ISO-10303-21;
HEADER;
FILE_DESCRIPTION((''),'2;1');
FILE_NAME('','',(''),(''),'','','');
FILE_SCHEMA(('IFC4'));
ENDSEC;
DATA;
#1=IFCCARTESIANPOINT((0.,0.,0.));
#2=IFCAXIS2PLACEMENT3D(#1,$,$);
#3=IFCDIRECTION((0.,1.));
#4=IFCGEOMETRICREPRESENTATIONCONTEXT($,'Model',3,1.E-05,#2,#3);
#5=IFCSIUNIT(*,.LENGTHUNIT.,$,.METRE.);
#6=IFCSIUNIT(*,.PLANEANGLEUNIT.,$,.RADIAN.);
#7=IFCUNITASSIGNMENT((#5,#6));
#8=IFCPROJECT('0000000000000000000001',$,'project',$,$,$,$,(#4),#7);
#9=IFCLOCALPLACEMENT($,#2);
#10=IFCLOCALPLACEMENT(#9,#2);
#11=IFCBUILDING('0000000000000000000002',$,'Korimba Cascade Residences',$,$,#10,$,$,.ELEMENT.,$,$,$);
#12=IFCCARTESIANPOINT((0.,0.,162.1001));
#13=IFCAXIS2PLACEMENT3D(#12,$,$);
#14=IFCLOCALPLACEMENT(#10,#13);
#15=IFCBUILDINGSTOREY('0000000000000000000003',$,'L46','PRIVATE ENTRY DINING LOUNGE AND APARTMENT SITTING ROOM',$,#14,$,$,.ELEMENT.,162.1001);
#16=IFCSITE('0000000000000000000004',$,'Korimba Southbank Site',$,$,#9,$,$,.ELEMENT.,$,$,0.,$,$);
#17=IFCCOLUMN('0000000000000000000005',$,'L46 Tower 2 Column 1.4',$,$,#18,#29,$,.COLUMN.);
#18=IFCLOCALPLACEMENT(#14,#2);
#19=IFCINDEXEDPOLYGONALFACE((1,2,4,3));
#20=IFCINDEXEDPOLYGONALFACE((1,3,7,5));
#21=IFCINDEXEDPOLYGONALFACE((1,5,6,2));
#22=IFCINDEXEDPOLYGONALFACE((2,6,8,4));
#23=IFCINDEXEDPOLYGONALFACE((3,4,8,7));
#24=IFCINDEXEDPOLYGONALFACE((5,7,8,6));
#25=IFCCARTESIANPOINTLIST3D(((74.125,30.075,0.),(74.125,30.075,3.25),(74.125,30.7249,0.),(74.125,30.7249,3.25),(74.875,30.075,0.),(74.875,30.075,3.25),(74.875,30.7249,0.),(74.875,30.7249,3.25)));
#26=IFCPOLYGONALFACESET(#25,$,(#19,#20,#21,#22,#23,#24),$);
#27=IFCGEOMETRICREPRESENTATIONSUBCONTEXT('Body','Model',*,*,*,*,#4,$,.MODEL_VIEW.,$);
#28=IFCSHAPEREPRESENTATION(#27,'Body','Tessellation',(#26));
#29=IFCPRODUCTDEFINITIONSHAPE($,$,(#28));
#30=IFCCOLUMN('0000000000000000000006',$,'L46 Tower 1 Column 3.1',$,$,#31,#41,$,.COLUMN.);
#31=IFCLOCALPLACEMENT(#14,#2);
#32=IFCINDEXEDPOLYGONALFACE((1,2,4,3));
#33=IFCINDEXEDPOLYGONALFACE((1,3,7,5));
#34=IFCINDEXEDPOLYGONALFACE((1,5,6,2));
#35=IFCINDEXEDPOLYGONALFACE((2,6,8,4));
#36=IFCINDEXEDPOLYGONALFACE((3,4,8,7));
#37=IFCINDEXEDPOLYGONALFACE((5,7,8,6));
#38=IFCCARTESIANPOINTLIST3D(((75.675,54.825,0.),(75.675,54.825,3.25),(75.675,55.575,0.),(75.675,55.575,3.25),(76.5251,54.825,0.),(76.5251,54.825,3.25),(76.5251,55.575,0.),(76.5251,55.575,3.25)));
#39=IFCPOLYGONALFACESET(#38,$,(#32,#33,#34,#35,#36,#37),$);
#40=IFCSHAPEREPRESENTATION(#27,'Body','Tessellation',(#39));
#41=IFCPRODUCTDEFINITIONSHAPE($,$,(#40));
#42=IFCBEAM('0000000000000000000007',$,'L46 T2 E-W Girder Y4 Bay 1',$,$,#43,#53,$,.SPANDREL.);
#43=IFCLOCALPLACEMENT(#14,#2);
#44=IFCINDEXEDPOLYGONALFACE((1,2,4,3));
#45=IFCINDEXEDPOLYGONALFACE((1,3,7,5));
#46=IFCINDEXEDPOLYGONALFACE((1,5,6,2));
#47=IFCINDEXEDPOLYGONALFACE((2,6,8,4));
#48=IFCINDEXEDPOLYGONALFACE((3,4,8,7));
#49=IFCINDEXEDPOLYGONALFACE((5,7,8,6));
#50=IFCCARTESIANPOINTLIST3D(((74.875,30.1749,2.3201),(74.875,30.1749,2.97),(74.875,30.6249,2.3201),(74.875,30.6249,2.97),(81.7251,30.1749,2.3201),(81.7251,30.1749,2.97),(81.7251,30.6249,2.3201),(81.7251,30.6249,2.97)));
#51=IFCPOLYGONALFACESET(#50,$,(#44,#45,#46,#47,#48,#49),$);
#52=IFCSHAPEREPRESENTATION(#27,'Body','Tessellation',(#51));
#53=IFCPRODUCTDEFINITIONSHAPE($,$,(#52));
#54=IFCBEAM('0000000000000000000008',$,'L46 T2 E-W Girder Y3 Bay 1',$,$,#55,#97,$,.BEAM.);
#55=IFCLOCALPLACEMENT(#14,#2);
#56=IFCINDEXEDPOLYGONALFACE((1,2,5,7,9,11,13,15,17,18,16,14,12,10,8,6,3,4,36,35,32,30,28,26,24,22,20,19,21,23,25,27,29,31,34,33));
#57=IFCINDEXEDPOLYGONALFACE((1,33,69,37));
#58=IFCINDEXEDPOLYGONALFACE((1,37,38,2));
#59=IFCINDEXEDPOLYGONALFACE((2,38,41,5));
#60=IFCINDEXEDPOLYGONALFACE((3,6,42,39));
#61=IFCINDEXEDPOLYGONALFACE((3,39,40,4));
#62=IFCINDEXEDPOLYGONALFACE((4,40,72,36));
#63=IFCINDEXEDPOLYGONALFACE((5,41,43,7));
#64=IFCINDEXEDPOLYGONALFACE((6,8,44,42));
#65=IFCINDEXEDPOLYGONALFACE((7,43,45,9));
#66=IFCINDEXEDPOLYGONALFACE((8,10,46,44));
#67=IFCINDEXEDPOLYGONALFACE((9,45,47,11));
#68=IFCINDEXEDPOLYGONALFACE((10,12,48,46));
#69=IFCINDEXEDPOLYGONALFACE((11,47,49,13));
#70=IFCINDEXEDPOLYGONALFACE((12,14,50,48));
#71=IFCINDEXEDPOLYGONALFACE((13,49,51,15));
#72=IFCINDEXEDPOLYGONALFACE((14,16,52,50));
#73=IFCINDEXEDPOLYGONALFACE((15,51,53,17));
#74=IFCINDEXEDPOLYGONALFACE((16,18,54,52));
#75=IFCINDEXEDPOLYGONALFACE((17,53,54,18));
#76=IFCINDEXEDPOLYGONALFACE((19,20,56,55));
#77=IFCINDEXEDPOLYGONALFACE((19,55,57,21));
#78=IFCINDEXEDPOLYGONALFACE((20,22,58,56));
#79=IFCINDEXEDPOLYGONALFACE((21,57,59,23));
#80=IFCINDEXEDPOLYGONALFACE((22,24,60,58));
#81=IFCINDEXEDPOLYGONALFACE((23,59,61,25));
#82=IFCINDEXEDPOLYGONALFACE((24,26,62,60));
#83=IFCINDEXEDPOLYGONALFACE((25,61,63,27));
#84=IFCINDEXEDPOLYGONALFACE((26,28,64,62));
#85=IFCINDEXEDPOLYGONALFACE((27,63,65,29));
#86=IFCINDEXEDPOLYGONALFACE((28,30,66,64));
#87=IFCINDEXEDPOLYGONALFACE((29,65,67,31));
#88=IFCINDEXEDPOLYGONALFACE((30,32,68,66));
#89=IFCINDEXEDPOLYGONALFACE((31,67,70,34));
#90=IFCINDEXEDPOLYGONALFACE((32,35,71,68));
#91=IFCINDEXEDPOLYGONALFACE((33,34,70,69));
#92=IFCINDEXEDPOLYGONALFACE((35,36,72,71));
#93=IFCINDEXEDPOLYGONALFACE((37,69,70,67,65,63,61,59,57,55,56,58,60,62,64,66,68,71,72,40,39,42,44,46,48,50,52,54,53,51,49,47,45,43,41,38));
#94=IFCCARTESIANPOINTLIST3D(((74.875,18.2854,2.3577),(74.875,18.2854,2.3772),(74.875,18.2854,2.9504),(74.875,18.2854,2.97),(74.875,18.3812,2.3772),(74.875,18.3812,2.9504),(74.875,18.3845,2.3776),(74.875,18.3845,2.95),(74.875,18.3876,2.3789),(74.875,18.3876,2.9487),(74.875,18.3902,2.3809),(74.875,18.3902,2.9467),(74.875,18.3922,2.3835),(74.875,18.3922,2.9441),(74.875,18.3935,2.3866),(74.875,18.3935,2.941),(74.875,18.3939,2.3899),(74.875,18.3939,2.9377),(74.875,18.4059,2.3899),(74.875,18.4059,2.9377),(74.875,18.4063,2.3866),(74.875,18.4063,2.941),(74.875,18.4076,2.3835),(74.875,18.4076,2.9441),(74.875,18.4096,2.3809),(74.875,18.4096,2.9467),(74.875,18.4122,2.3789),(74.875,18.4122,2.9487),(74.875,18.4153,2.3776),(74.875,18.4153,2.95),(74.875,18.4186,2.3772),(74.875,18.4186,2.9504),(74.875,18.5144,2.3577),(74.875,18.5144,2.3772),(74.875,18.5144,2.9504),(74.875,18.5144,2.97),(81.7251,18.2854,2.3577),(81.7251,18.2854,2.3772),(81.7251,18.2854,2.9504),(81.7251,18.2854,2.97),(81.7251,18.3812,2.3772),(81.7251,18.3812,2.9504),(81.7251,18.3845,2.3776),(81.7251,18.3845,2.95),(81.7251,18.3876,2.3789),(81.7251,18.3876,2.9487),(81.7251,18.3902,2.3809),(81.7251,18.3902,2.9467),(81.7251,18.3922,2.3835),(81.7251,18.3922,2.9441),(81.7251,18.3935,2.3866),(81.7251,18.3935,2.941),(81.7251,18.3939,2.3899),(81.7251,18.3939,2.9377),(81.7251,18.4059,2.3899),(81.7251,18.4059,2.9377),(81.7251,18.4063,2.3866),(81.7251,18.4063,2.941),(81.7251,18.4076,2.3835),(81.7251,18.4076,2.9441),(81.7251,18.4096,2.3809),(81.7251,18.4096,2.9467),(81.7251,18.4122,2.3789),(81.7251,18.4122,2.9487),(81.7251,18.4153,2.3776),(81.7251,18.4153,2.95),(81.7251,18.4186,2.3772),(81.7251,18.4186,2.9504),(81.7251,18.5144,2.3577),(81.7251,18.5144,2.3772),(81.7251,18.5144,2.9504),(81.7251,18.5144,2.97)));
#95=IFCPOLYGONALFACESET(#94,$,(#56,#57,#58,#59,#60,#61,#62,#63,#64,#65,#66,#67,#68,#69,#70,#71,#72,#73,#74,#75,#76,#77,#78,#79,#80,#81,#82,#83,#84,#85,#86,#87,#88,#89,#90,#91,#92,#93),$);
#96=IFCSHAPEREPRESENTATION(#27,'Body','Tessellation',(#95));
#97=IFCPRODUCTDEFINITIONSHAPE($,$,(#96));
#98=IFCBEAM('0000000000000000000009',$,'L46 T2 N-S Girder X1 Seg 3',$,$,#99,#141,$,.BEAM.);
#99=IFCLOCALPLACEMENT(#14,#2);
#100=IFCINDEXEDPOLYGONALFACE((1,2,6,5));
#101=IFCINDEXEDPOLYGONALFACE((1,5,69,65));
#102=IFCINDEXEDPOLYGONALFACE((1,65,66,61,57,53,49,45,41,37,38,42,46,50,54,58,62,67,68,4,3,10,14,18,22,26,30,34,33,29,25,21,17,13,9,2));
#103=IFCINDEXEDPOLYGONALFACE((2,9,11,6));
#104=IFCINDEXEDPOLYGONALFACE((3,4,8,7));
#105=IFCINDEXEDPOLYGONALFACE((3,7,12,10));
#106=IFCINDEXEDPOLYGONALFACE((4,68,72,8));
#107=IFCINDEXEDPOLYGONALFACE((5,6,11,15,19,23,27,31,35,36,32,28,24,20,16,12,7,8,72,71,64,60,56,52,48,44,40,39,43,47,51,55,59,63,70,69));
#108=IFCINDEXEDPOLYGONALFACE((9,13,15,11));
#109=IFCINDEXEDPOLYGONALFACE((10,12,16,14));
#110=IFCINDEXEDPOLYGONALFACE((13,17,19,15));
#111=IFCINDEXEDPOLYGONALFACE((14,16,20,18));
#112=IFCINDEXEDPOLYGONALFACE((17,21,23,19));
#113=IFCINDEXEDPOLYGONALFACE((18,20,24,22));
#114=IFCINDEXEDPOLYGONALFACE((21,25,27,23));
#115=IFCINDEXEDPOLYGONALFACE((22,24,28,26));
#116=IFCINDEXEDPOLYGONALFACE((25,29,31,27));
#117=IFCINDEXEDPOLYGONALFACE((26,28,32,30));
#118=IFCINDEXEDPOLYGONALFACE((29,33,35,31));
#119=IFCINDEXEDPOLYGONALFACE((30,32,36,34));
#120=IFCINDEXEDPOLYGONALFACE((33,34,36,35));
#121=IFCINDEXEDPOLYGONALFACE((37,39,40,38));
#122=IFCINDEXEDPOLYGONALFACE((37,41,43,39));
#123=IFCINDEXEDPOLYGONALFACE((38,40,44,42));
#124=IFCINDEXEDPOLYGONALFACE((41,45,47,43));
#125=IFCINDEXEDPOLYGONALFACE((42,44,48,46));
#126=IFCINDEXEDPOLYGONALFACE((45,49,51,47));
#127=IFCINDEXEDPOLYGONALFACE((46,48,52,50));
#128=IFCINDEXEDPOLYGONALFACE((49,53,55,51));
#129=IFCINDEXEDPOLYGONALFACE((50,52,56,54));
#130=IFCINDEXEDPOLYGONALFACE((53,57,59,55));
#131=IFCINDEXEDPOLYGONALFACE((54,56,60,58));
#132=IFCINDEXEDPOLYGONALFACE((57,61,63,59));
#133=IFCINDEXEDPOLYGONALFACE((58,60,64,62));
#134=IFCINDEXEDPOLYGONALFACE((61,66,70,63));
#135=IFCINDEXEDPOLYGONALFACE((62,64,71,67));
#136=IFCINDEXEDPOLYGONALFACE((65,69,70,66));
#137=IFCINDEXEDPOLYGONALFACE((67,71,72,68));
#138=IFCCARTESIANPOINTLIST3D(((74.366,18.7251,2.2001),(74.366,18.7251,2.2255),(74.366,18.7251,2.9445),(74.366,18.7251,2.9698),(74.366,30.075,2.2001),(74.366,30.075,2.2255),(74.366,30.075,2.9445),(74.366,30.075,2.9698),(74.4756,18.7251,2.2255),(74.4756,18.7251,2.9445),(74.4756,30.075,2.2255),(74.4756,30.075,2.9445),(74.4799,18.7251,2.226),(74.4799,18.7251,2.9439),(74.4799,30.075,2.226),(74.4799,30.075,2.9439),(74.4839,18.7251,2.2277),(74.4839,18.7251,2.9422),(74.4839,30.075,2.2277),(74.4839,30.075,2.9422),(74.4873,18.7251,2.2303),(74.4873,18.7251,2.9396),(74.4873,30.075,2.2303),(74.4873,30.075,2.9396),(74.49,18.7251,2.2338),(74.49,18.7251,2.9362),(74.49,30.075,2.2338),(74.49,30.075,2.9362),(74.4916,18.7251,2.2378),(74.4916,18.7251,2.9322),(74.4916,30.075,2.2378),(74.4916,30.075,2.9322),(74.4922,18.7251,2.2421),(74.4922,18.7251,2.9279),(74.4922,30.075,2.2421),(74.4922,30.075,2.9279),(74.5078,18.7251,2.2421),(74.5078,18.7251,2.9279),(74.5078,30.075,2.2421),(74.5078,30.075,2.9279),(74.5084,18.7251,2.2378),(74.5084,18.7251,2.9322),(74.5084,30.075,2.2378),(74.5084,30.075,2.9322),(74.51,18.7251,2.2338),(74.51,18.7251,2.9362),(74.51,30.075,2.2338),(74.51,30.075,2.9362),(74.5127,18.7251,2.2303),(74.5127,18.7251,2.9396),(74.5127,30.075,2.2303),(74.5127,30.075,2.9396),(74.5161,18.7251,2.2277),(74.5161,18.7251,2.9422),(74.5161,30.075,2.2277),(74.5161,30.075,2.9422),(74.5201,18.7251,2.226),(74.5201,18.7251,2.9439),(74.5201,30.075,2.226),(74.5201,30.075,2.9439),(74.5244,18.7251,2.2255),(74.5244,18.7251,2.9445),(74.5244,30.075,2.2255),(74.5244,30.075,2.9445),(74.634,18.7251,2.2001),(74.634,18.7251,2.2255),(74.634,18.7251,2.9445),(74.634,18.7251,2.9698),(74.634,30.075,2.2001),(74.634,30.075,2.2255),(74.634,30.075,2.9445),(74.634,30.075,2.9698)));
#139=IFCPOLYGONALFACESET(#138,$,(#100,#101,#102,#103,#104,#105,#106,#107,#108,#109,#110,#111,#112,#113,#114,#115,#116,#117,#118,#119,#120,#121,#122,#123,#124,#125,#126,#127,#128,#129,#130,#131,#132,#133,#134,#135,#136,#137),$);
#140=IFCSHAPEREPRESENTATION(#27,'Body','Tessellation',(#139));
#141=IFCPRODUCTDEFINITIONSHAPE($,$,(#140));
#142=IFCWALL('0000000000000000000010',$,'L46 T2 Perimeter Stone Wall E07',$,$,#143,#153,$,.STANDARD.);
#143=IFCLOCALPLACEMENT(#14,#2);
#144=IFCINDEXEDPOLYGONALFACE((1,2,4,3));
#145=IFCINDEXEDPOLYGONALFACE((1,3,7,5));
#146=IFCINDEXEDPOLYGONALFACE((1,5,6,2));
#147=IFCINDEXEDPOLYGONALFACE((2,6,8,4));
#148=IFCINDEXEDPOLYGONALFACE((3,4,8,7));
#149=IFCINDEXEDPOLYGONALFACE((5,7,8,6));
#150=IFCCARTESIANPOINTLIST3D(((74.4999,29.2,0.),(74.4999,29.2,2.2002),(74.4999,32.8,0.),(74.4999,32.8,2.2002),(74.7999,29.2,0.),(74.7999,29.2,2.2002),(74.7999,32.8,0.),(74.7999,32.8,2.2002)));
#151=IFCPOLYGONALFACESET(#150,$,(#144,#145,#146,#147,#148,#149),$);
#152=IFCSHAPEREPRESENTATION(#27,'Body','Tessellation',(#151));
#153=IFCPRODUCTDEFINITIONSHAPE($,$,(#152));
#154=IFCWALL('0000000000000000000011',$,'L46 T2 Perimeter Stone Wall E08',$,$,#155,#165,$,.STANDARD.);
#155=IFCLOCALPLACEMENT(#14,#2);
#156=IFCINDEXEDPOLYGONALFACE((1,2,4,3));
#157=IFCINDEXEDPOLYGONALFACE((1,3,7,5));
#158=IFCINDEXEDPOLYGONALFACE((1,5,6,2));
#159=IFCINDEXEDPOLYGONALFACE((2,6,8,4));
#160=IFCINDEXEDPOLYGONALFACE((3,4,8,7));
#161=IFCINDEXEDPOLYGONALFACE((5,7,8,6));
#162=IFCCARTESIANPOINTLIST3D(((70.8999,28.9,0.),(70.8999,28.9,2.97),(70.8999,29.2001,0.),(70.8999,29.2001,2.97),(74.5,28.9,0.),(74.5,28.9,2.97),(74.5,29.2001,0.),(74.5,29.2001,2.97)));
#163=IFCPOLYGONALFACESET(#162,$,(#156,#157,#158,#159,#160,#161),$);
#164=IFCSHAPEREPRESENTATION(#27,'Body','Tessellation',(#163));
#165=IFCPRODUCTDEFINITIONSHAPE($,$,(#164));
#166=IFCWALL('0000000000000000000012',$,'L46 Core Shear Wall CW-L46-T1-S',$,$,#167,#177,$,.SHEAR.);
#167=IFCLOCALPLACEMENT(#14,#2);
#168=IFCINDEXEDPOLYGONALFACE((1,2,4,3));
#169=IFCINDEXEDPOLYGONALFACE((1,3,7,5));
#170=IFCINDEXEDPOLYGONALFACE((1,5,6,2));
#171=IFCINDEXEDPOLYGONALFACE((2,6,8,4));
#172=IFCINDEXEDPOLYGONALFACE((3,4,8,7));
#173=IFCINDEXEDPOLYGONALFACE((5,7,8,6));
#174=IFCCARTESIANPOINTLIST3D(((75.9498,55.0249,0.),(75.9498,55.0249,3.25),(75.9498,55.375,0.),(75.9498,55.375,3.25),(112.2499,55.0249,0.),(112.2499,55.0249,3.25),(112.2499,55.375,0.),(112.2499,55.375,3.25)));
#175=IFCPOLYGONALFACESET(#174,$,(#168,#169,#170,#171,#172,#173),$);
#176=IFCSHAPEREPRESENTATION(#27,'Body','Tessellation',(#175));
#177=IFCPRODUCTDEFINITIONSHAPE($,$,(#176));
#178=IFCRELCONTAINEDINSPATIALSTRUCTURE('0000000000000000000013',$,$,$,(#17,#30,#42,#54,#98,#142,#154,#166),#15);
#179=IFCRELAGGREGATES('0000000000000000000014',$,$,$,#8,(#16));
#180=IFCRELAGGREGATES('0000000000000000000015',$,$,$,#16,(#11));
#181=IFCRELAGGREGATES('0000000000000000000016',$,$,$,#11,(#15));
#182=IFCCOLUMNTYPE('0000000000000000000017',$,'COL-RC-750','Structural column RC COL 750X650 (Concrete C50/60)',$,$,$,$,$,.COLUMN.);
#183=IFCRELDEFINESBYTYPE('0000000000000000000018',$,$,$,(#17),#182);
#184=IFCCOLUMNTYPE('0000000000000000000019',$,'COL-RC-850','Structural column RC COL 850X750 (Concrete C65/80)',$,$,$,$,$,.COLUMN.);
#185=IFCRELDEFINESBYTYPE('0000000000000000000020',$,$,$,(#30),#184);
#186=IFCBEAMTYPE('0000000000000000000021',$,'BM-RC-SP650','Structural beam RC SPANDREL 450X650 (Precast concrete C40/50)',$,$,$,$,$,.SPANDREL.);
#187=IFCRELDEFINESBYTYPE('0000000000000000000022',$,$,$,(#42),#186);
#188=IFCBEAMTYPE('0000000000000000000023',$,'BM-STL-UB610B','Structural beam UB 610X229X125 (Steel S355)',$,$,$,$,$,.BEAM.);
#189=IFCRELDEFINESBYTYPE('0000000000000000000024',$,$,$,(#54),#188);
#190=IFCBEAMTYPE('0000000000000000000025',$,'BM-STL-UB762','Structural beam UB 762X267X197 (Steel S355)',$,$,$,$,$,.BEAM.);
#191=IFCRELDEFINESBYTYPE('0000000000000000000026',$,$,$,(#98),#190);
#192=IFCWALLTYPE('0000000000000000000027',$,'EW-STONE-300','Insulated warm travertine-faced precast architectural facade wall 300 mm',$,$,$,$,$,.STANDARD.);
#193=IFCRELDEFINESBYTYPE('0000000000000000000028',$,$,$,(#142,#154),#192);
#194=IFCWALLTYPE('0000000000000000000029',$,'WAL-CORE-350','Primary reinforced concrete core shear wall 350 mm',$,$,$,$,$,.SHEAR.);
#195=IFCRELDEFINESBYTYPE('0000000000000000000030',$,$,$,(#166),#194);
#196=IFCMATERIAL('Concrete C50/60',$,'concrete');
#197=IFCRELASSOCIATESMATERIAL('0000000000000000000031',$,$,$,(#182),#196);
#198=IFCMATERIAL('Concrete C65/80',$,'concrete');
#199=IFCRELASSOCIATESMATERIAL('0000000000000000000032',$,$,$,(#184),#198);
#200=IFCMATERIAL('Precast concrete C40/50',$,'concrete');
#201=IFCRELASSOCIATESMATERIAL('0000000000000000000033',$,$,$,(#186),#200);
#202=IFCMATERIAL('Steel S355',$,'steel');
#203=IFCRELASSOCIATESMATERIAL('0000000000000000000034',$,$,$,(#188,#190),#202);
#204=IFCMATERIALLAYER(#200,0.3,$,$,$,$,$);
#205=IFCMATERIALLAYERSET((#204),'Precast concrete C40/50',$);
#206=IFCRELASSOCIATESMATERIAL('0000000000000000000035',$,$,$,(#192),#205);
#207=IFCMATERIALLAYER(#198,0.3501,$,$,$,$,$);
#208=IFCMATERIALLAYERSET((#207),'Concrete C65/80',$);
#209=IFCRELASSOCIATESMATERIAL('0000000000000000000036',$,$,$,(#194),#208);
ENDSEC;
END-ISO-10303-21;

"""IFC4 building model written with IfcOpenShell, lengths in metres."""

from ifc_helpers import new_model, si_unit, direction, frame, frame_2d, origin, origin_2d, place, context, subcontext, project, spatial, rectangle, i_section, extrude, material, layer, layer_set, material_profile, profile_set, type_object, element, save


model = new_model("IFC4")

# Units and contexts
model_context = context("Model", 3, precision=1e-05, world=origin(), true_north=direction((0.0, 1.0)))
body_context = subcontext(model_context, "Body", "Model", "MODEL_VIEW")
ifc_project = project(units=[si_unit("LENGTHUNIT", "METRE"), si_unit("PLANEANGLEUNIT", "RADIAN")], contexts=[model_context])

# Site, building, storey
site_placement = place(None, origin())
site = spatial("IfcSite", under=ifc_project, at=site_placement, Name="Korimba Southbank Site", CompositionType="ELEMENT", RefElevation=0.0)
building_placement = place(site_placement, origin())
building = spatial("IfcBuilding", under=site, at=building_placement, Name="Korimba Cascade Residences", CompositionType="ELEMENT")
storey_placement = place(building_placement, frame((0.0, 0.0, 162.1001)))
storey = spatial("IfcBuildingStorey", under=building, at=storey_placement, Name="L46", Description="PRIVATE ENTRY DINING LOUNGE AND APARTMENT SITTING ROOM", CompositionType="ELEMENT", Elevation=162.1001)

# Columns
ifc_material_1 = material(Name="Concrete C50/60", Category="concrete")
ifc_material_profile_1 = material_profile(ifc_material_1, rectangle(XDim=0.75, YDim=0.6499, at=origin_2d()), Name="Concrete C50/60")
ifc_profile_set_1 = profile_set([ifc_material_profile_1], Name="Concrete C50/60")
column_type_1 = type_object("IfcColumnType", Name="COL-RC-750", Description="Structural column RC COL 750X650 (Concrete C50/60)", PredefinedType="COLUMN", material=ifc_profile_set_1)
column_1_placement = place(storey_placement, frame((74.5, 30.3999, 0.0), z_axis=(0.0, 0.0, 1.0), x_axis=(1.0, 0.0, 0.0)))
element("IfcColumn", 1, at=column_1_placement, inside=storey, type_object=column_type_1, Name="L46 Tower 2 Column 1.4", PredefinedType="COLUMN", context=body_context, shape_type="SweptSolid", body=[
    extrude(rectangle(XDim=0.75, YDim=0.6499, at=origin_2d()), origin(), (0.0, 0.0, 1.0), 3.25),
])
ifc_material_2 = material(Name="Concrete C65/80", Category="concrete")
ifc_material_profile_2 = material_profile(ifc_material_2, rectangle(XDim=0.8501, YDim=0.75, at=origin_2d()), Name="Concrete C65/80")
ifc_profile_set_2 = profile_set([ifc_material_profile_2], Name="Concrete C65/80")
column_type_2 = type_object("IfcColumnType", Name="COL-RC-850", Description="Structural column RC COL 850X750 (Concrete C65/80)", PredefinedType="COLUMN", material=ifc_profile_set_2)
column_2_placement = place(storey_placement, frame((76.1001, 55.2, 0.0), z_axis=(0.0, 0.0, 1.0), x_axis=(1.0, 0.0, 0.0)))
element("IfcColumn", 2, at=column_2_placement, inside=storey, type_object=column_type_2, Name="L46 Tower 1 Column 3.1", PredefinedType="COLUMN", context=body_context, shape_type="SweptSolid", body=[
    extrude(rectangle(XDim=0.8501, YDim=0.75, at=origin_2d()), origin(), (0.0, 0.0, 1.0), 3.25),
])

# Beams
ifc_material_3 = material(Name="Precast concrete C40/50", Category="concrete")
ifc_material_profile_3 = material_profile(ifc_material_3, rectangle(XDim=0.45, YDim=0.6499, at=origin_2d()), Name="Precast concrete C40/50")
ifc_profile_set_3 = profile_set([ifc_material_profile_3], Name="Precast concrete C40/50")
beam_type_1 = type_object("IfcBeamType", Name="BM-RC-SP650", Description="Structural beam RC SPANDREL 450X650 (Precast concrete C40/50)", PredefinedType="SPANDREL", material=ifc_profile_set_3)
beam_1_placement = place(storey_placement, frame((74.875, 30.3999, 2.645), z_axis=(1.0, 0.0, 0.0), x_axis=(0.0, 1.0, 0.0)))
element("IfcBeam", 3, at=beam_1_placement, inside=storey, type_object=beam_type_1, Name="L46 T2 E-W Girder Y4 Bay 1", PredefinedType="SPANDREL", context=body_context, shape_type="SweptSolid", body=[
    extrude(rectangle(XDim=0.45, YDim=0.6499, at=origin_2d()), origin(), (0.0, 0.0, 1.0), 6.8501),
])
ifc_material_4 = material(Name="Steel S355", Category="steel")
ifc_material_profile_4 = material_profile(ifc_material_4, i_section(OverallWidth=0.229, OverallDepth=0.6123, WebThickness=0.012, FlangeThickness=0.0195, FilletRadius=0.0127, at=origin_2d()), Name="Steel S355")
ifc_profile_set_4 = profile_set([ifc_material_profile_4], Name="Steel S355")
beam_type_2 = type_object("IfcBeamType", Name="BM-STL-UB610B", Description="Structural beam UB 610X229X125 (Steel S355)", PredefinedType="BEAM", material=ifc_profile_set_4)
beam_2_placement = place(storey_placement, frame((74.875, 18.3999, 2.6638), z_axis=(1.0, 0.0, 0.0), x_axis=(0.0, 1.0, 0.0)))
element("IfcBeam", 4, at=beam_2_placement, inside=storey, type_object=beam_type_2, Name="L46 T2 E-W Girder Y3 Bay 1", PredefinedType="BEAM", context=body_context, shape_type="SweptSolid", body=[
    extrude(i_section(OverallWidth=0.229, OverallDepth=0.6123, WebThickness=0.012, FlangeThickness=0.0195, FilletRadius=0.0127, at=origin_2d()), origin(), (0.0, 0.0, 1.0), 6.8501),
])
ifc_material_profile_5 = material_profile(ifc_material_4, i_section(OverallWidth=0.2681, OverallDepth=0.7698, WebThickness=0.0156, FlangeThickness=0.0254, FilletRadius=0.0166, at=origin_2d()), Name="Steel S355")
ifc_profile_set_5 = profile_set([ifc_material_profile_5], Name="Steel S355")
beam_type_3 = type_object("IfcBeamType", Name="BM-STL-UB762", Description="Structural beam UB 762X267X197 (Steel S355)", PredefinedType="BEAM", material=ifc_profile_set_5)
beam_3_placement = place(storey_placement, frame((74.5, 18.7251, 2.585), z_axis=(0.0, 1.0, 0.0), x_axis=(-1.0, 0.0, 0.0)))
element("IfcBeam", 5, at=beam_3_placement, inside=storey, type_object=beam_type_3, Name="L46 T2 N-S Girder X1 Seg 3", PredefinedType="BEAM", context=body_context, shape_type="SweptSolid", body=[
    extrude(i_section(OverallWidth=0.2681, OverallDepth=0.7698, WebThickness=0.0156, FlangeThickness=0.0254, FilletRadius=0.0166, at=origin_2d()), origin(), (0.0, 0.0, 1.0), 11.3499),
])

# Walls
ifc_layer_1 = layer(ifc_material_3, 0.3)
ifc_layer_set_1 = layer_set([ifc_layer_1], Name="Precast concrete C40/50")
wall_type_1 = type_object("IfcWallType", Name="EW-STONE-300", Description="Insulated warm travertine-faced precast architectural facade wall 300 mm", PredefinedType="STANDARD", material=ifc_layer_set_1)
wall_1_placement = place(storey_placement, frame((74.6499, 32.8, 0.0), z_axis=(0.0, 0.0, 1.0), x_axis=(0.0, -1.0, 0.0)))
element("IfcWall", 6, at=wall_1_placement, inside=storey, type_object=wall_type_1, Name="L46 T2 Perimeter Stone Wall E07", PredefinedType="STANDARD", context=body_context, shape_type="SweptSolid", body=[
    extrude(rectangle(XDim=3.6001, YDim=0.3, at=frame_2d((1.8, 0.0))), origin(), (0.0, 0.0, 1.0), 2.2002),
])
wall_2_placement = place(storey_placement, frame((74.5, 29.05, 0.0), z_axis=(0.0, 0.0, 1.0), x_axis=(-1.0, 0.0, 0.0)))
element("IfcWall", 7, at=wall_2_placement, inside=storey, type_object=wall_type_1, Name="L46 T2 Perimeter Stone Wall E08", PredefinedType="STANDARD", context=body_context, shape_type="SweptSolid", body=[
    extrude(rectangle(XDim=3.6001, YDim=0.3, at=frame_2d((1.8, 0.0))), origin(), (0.0, 0.0, 1.0), 2.97),
])
ifc_layer_2 = layer(ifc_material_2, 0.3501)
ifc_layer_set_2 = layer_set([ifc_layer_2], Name="Concrete C65/80")
wall_type_2 = type_object("IfcWallType", Name="WAL-CORE-350", Description="Primary reinforced concrete core shear wall 350 mm", PredefinedType="SHEAR", material=ifc_layer_set_2)
wall_3_placement = place(storey_placement, frame((75.95, 55.2, 0.0), z_axis=(0.0, 0.0, 1.0), x_axis=(1.0, 0.0, 0.0)))
element("IfcWall", 8, at=wall_3_placement, inside=storey, type_object=wall_type_2, Name="L46 Core Shear Wall CW-L46-T1-S", PredefinedType="SHEAR", context=body_context, shape_type="SweptSolid", body=[
    extrude(rectangle(XDim=36.3, YDim=0.3501, at=frame_2d((18.1499, 0.0))), origin(), (0.0, 0.0, 1.0), 3.25),
])

save(model, "model.ifc")
